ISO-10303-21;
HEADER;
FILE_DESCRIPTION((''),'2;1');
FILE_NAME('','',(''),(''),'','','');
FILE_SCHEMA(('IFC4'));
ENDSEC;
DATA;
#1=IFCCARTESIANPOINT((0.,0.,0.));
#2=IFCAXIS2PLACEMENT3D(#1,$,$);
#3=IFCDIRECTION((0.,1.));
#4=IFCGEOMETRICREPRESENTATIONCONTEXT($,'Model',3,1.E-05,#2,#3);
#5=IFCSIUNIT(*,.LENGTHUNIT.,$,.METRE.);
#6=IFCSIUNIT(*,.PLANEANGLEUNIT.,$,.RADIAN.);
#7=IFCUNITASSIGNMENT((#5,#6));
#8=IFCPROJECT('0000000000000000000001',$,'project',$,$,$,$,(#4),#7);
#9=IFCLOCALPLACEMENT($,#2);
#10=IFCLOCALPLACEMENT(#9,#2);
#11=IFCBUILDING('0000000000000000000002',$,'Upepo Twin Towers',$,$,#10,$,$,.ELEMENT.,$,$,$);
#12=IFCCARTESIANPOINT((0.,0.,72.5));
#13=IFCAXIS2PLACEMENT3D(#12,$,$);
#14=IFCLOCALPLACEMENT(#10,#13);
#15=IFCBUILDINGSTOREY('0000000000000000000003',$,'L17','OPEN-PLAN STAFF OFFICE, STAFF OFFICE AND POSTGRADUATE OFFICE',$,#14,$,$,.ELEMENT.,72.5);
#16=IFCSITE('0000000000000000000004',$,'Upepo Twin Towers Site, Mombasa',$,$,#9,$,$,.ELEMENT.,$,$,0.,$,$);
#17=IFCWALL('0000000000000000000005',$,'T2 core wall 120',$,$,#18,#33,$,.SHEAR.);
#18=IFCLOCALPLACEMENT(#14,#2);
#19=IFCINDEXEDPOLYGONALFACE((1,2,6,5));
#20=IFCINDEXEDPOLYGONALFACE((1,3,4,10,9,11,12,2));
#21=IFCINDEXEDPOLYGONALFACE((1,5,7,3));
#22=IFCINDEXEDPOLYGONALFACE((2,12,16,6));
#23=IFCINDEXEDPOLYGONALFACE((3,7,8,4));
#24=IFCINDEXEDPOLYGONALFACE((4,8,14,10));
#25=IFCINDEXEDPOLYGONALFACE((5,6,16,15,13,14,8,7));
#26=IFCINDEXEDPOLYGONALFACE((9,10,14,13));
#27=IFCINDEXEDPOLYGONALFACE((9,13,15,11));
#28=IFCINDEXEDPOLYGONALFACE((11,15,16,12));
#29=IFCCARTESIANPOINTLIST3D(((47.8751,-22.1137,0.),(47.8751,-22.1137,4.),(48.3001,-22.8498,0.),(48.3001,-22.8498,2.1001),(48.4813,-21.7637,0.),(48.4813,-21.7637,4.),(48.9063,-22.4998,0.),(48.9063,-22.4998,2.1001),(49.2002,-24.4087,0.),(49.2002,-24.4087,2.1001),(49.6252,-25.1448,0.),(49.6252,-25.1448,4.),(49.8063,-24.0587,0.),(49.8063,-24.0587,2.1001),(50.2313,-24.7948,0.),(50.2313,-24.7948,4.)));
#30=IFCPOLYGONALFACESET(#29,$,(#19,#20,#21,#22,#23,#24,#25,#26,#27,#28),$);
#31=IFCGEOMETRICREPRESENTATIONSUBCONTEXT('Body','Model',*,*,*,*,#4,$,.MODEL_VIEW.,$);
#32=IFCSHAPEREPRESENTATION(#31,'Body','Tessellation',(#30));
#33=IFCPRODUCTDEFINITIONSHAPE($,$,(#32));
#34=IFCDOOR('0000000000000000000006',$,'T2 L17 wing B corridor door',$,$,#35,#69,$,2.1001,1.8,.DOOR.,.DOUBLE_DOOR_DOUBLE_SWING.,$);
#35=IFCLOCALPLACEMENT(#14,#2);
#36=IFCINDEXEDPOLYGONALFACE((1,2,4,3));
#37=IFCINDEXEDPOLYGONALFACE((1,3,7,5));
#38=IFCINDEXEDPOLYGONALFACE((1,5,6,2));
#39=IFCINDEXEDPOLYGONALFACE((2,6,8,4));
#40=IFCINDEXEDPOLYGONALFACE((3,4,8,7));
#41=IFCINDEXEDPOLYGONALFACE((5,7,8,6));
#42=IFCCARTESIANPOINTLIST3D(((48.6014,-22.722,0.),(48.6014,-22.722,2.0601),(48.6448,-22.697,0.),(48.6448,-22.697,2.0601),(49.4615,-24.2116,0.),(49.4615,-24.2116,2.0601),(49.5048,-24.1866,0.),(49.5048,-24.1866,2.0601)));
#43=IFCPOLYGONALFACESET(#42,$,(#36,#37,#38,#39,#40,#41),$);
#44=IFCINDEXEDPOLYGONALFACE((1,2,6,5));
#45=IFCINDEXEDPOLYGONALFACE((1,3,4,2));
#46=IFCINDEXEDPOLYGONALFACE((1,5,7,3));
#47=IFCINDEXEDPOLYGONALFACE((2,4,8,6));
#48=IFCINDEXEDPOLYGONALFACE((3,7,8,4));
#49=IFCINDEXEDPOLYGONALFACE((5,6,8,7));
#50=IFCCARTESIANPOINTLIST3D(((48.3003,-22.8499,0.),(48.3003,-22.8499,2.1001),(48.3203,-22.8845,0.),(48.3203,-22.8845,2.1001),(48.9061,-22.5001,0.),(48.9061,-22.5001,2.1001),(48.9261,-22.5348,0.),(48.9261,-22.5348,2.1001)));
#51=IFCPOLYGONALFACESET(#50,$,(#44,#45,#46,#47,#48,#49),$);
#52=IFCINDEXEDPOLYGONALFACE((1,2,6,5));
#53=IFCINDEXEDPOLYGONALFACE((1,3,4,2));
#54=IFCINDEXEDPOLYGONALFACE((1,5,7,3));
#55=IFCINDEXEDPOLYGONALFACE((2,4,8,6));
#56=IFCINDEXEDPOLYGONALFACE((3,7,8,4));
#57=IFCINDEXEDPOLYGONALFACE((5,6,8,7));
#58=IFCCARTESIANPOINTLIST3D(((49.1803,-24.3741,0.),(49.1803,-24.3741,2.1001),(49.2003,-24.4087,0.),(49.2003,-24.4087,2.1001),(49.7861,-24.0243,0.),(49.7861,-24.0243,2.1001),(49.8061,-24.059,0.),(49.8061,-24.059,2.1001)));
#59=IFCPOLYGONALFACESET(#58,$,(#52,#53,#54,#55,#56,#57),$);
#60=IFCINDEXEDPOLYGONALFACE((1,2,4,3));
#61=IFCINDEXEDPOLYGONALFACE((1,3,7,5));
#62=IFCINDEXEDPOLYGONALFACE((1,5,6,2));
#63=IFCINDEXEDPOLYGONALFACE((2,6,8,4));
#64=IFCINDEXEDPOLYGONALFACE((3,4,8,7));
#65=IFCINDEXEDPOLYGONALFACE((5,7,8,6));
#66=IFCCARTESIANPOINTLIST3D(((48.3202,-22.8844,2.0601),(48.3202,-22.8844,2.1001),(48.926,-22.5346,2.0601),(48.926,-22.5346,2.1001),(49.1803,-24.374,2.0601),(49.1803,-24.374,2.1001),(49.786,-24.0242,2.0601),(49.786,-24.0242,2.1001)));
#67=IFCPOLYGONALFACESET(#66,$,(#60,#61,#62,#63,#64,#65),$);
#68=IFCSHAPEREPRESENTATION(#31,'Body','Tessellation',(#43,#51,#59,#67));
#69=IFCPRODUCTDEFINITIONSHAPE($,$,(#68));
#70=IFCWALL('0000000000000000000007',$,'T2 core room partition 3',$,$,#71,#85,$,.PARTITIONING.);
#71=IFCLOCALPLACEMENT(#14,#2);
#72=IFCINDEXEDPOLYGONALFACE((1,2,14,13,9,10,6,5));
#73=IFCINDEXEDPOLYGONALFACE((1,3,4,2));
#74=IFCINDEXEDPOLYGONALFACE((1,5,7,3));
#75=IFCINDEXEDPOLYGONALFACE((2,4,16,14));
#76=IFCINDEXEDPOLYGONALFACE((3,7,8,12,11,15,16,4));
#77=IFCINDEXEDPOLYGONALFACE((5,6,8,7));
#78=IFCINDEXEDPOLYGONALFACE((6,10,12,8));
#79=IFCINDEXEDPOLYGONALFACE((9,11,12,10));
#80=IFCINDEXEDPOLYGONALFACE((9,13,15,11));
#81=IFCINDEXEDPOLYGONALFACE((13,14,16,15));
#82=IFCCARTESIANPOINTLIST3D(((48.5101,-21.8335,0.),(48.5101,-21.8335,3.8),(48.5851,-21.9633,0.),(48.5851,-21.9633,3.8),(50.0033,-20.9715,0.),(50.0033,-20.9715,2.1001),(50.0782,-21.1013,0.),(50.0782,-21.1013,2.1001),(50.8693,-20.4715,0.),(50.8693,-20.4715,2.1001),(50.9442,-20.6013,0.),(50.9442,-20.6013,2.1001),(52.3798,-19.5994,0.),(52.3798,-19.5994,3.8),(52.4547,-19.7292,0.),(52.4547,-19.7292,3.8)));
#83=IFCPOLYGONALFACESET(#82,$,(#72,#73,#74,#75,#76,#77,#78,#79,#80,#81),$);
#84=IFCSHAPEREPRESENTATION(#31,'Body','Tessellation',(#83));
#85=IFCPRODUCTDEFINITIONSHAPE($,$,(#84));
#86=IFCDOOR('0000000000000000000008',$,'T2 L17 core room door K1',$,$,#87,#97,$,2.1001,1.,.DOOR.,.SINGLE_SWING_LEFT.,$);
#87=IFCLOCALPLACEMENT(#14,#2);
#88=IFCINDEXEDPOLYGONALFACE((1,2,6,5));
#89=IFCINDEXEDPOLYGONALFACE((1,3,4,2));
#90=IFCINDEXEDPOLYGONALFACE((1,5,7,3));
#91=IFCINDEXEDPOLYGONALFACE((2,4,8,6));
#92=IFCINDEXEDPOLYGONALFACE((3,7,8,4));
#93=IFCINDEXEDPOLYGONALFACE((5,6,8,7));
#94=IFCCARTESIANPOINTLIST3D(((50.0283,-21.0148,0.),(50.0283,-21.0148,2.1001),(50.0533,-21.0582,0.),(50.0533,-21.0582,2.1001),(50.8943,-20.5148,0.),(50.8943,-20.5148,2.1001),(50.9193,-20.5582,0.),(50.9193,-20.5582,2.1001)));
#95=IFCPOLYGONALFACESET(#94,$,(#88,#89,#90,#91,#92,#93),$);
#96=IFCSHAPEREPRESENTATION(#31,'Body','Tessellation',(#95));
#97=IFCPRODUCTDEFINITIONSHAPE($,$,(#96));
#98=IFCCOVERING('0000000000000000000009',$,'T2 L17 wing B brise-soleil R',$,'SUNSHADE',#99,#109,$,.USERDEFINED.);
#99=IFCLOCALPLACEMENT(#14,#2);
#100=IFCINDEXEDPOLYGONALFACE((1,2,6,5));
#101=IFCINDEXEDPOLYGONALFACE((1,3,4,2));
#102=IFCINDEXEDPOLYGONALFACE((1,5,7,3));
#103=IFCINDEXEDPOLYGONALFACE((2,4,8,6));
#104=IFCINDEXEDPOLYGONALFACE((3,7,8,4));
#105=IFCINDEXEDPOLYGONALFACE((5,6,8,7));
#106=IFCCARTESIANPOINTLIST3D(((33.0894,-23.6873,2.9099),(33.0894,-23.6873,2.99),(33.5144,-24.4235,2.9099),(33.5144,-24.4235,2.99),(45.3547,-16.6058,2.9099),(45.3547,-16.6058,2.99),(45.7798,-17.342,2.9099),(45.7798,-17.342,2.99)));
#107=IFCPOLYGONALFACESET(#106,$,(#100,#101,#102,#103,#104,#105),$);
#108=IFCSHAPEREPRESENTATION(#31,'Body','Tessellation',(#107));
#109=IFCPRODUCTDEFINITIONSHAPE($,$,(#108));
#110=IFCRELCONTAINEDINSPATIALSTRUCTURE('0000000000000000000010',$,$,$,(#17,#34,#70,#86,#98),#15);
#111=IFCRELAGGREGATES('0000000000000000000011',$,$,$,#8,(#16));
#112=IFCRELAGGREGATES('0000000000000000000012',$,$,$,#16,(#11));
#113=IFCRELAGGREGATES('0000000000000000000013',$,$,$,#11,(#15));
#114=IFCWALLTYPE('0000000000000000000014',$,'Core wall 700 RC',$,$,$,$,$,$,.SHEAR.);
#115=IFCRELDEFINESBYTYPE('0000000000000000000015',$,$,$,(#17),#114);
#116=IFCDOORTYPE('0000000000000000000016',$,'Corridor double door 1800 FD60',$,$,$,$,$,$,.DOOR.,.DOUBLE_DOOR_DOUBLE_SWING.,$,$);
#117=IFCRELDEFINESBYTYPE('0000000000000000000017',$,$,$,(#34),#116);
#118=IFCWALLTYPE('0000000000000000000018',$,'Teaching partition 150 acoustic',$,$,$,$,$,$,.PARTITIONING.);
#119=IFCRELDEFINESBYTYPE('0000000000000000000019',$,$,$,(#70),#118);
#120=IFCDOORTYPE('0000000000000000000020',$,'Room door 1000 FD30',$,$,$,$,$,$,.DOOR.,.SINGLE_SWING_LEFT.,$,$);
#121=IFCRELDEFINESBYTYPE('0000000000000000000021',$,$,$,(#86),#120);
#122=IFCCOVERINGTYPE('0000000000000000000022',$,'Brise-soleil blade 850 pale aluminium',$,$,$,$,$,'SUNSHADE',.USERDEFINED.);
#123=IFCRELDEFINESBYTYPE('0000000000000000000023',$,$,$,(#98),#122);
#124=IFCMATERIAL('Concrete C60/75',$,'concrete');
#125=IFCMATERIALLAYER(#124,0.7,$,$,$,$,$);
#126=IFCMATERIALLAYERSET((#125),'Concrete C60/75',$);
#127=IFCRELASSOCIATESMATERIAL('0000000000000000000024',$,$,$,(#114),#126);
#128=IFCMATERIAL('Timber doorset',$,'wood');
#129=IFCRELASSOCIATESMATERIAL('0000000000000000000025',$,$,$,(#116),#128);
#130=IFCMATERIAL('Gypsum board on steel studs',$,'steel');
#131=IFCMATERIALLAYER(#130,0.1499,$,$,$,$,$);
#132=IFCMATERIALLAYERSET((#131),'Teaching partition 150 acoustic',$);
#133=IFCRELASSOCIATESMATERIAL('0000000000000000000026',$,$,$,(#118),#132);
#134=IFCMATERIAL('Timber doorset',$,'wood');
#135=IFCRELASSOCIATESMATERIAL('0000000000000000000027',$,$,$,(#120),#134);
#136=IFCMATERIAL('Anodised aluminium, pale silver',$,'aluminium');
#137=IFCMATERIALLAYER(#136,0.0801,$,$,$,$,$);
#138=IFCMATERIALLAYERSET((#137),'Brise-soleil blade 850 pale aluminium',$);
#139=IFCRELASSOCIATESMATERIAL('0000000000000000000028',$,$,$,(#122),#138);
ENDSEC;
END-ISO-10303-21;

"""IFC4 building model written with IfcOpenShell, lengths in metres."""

from ifc_helpers import new_model, si_unit, direction, frame, frame_2d, origin, origin_2d, place, context, subcontext, project, spatial, rectangle, extrude, material, layer, layer_set, type_object, element, fill, save


model = new_model("IFC4")

# Units and contexts
model_context = context("Model", 3, precision=1e-05, world=origin(), true_north=direction((0.0, 1.0)))
body_context = subcontext(model_context, "Body", "Model", "MODEL_VIEW")
ifc_project = project(units=[si_unit("LENGTHUNIT", "METRE"), si_unit("PLANEANGLEUNIT", "RADIAN")], contexts=[model_context])

# Site, building, storey
site_placement = place(None, origin())
site = spatial("IfcSite", under=ifc_project, at=site_placement, Name="Upepo Twin Towers Site, Mombasa", CompositionType="ELEMENT", RefElevation=0.0)
building_placement = place(site_placement, origin())
building = spatial("IfcBuilding", under=site, at=building_placement, Name="Upepo Twin Towers", CompositionType="ELEMENT")
storey_placement = place(building_placement, frame((0.0, 0.0, 72.5)))
storey = spatial("IfcBuildingStorey", under=building, at=storey_placement, Name="L17", Description="OPEN-PLAN STAFF OFFICE, STAFF OFFICE AND POSTGRADUATE OFFICE", CompositionType="ELEMENT", Elevation=72.5)

# Shared definitions
ifc_material_1 = material(Name="Concrete C60/75", Category="concrete")
ifc_layer_1 = layer(ifc_material_1, 0.7)
ifc_layer_set_1 = layer_set([ifc_layer_1], Name="Concrete C60/75")
wall_type_1 = type_object("IfcWallType", Name="Core wall 700 RC", PredefinedType="SHEAR", material=ifc_layer_set_1)

# Walls, openings, doors
wall_1_placement = place(storey_placement, frame((48.1782, -21.9387, 0.0), z_axis=(0.0, 0.0, 1.0), x_axis=(0.50001, -0.866019, 0.0)))
wall_1 = element("IfcWall", 1, at=wall_1_placement, inside=storey, type_object=wall_type_1, Name="T2 core wall 120", PredefinedType="SHEAR", context=body_context, shape_type="SweptSolid", body=[
    extrude(rectangle(XDim=3.5, YDim=0.7, at=frame_2d((1.75, 0.0))), origin(), (0.0, 0.0, 1.0), 4.0),
])
opening_1_placement = place(wall_1_placement, frame((0.8501, 0.0, 0.0)))
opening_1 = element("IfcOpeningElement", 2, at=opening_1_placement, cuts=wall_1, PredefinedType="OPENING", context=body_context, shape_type="SweptSolid", body=[
    extrude(rectangle(XDim=1.8, YDim=2.1001, at=frame_2d((0.8999, 1.05))), frame((0.0, 0.3599, 0.0), z_axis=(0.0, -1.0, 0.0), x_axis=(1.0, 0.0, 0.0)), (0.0, 0.0, 1.0), 0.72),
])
ifc_material_2 = material(Name="Timber doorset", Category="wood")
door_type_1 = type_object("IfcDoorType", Name="Corridor double door 1800 FD60", OperationType="DOUBLE_DOOR_DOUBLE_SWING", PredefinedType="DOOR", material=ifc_material_2)
door_1_placement = place(opening_1_placement, origin())
door_1 = element("IfcDoor", 3, at=door_1_placement, inside=storey, type_object=door_type_1, Name="T2 L17 wing B corridor door", OperationType="DOUBLE_DOOR_DOUBLE_SWING", OverallHeight=2.1001, OverallWidth=1.8, PredefinedType="DOOR", context=body_context, shape_type="SweptSolid", body=[
    extrude(rectangle(XDim=1.72, YDim=2.0601, at=frame_2d((0.8999, 1.03))), frame((0.0, 0.0249, 0.0), z_axis=(0.0, -1.0, 0.0), x_axis=(1.0, 0.0, 0.0)), (0.0, 0.0, 1.0), 0.05),
    extrude(rectangle(XDim=0.04, YDim=2.1001, at=frame_2d((0.02, 1.05))), frame((0.0, 0.3496, 0.0), z_axis=(0.0, -1.0, 0.0), x_axis=(1.0, 0.0, 0.0)), (0.0, 0.0, 1.0), 0.6995),
    extrude(rectangle(XDim=0.04, YDim=2.1001, at=frame_2d((1.78, 1.05))), frame((0.0, 0.3496, 0.0), z_axis=(0.0, -1.0, 0.0), x_axis=(1.0, 0.0, 0.0)), (0.0, 0.0, 1.0), 0.6995),
    extrude(rectangle(XDim=1.72, YDim=0.04, at=frame_2d((0.8999, 2.0801))), frame((0.0, 0.3496, 0.0), z_axis=(0.0, -1.0, 0.0), x_axis=(1.0, 0.0, 0.0)), (0.0, 0.0, 1.0), 0.6995),
])
fill(opening_1, door_1)
ifc_material_3 = material(Name="Gypsum board on steel studs", Category="steel")
ifc_layer_2 = layer(ifc_material_3, 0.1499)
ifc_layer_set_2 = layer_set([ifc_layer_2], Name="Teaching partition 150 acoustic")
wall_type_2 = type_object("IfcWallType", Name="Teaching partition 150 acoustic", PredefinedType="PARTITIONING", material=ifc_layer_set_2)
wall_2_placement = place(storey_placement, frame((48.5476, -21.8984, 0.0), z_axis=(0.0, 0.0, 1.0), x_axis=(0.866025, 0.5, 0.0)))
wall_2 = element("IfcWall", 4, at=wall_2_placement, inside=storey, type_object=wall_type_2, Name="T2 core room partition 3", PredefinedType="PARTITIONING", context=body_context, shape_type="SweptSolid", body=[
    extrude(rectangle(XDim=4.4683, YDim=0.1499, at=frame_2d((2.2341, 0.0))), origin(), (0.0, 0.0, 1.0), 3.8),
])
opening_2_placement = place(wall_2_placement, frame((1.7241, 0.0, 0.0)))
opening_2 = element("IfcOpeningElement", 5, at=opening_2_placement, cuts=wall_2, PredefinedType="OPENING", context=body_context, shape_type="SweptSolid", body=[
    extrude(rectangle(XDim=1.0, YDim=2.1001, at=frame_2d((0.5, 1.05))), frame((0.0, 0.085, 0.0), z_axis=(0.0, -1.0, 0.0), x_axis=(1.0, 0.0, 0.0)), (0.0, 0.0, 1.0), 0.1699),
])
ifc_material_4 = material(Name="Timber doorset", Category="wood")
door_type_2 = type_object("IfcDoorType", Name="Room door 1000 FD30", OperationType="SINGLE_SWING_LEFT", PredefinedType="DOOR", material=ifc_material_4)
door_2_placement = place(opening_2_placement, origin())
door_2 = element("IfcDoor", 6, at=door_2_placement, inside=storey, type_object=door_type_2, Name="T2 L17 core room door K1", OperationType="SINGLE_SWING_LEFT", OverallHeight=2.1001, OverallWidth=1.0, PredefinedType="DOOR", context=body_context, shape_type="SweptSolid", body=[
    extrude(rectangle(XDim=1.0, YDim=2.1001, at=frame_2d((0.5, 1.05))), frame((0.0, 0.0249, 0.0), z_axis=(0.0, -1.0, 0.0), x_axis=(1.0, 0.0, 0.0)), (0.0, 0.0, 1.0), 0.05),
])
fill(opening_2, door_2)

# Covering
ifc_material_5 = material(Name="Anodised aluminium, pale silver", Category="aluminium")
ifc_layer_3 = layer(ifc_material_5, 0.0801)
ifc_layer_set_3 = layer_set([ifc_layer_3], Name="Brise-soleil blade 850 pale aluminium")
covering_type = type_object("IfcCoveringType", Name="Brise-soleil blade 850 pale aluminium", ElementType="SUNSHADE", PredefinedType="USERDEFINED", material=ifc_layer_set_3)
covering_placement = place(storey_placement, frame((39.4346, -20.5146, 2.9099), z_axis=(0.0, 0.0, 1.0), x_axis=(-0.866025, -0.5, 0.0)))
element("IfcCovering", 7, at=covering_placement, inside=storey, type_object=covering_type, Name="T2 L17 wing B brise-soleil R", ObjectType="SUNSHADE", PredefinedType="USERDEFINED", context=body_context, shape_type="SweptSolid", body=[
    extrude(rectangle(XDim=14.1628, YDim=0.8501, at=origin_2d()), origin(), (0.0, 0.0, 1.0), 0.0801),
])

save(model, "model.ifc")
